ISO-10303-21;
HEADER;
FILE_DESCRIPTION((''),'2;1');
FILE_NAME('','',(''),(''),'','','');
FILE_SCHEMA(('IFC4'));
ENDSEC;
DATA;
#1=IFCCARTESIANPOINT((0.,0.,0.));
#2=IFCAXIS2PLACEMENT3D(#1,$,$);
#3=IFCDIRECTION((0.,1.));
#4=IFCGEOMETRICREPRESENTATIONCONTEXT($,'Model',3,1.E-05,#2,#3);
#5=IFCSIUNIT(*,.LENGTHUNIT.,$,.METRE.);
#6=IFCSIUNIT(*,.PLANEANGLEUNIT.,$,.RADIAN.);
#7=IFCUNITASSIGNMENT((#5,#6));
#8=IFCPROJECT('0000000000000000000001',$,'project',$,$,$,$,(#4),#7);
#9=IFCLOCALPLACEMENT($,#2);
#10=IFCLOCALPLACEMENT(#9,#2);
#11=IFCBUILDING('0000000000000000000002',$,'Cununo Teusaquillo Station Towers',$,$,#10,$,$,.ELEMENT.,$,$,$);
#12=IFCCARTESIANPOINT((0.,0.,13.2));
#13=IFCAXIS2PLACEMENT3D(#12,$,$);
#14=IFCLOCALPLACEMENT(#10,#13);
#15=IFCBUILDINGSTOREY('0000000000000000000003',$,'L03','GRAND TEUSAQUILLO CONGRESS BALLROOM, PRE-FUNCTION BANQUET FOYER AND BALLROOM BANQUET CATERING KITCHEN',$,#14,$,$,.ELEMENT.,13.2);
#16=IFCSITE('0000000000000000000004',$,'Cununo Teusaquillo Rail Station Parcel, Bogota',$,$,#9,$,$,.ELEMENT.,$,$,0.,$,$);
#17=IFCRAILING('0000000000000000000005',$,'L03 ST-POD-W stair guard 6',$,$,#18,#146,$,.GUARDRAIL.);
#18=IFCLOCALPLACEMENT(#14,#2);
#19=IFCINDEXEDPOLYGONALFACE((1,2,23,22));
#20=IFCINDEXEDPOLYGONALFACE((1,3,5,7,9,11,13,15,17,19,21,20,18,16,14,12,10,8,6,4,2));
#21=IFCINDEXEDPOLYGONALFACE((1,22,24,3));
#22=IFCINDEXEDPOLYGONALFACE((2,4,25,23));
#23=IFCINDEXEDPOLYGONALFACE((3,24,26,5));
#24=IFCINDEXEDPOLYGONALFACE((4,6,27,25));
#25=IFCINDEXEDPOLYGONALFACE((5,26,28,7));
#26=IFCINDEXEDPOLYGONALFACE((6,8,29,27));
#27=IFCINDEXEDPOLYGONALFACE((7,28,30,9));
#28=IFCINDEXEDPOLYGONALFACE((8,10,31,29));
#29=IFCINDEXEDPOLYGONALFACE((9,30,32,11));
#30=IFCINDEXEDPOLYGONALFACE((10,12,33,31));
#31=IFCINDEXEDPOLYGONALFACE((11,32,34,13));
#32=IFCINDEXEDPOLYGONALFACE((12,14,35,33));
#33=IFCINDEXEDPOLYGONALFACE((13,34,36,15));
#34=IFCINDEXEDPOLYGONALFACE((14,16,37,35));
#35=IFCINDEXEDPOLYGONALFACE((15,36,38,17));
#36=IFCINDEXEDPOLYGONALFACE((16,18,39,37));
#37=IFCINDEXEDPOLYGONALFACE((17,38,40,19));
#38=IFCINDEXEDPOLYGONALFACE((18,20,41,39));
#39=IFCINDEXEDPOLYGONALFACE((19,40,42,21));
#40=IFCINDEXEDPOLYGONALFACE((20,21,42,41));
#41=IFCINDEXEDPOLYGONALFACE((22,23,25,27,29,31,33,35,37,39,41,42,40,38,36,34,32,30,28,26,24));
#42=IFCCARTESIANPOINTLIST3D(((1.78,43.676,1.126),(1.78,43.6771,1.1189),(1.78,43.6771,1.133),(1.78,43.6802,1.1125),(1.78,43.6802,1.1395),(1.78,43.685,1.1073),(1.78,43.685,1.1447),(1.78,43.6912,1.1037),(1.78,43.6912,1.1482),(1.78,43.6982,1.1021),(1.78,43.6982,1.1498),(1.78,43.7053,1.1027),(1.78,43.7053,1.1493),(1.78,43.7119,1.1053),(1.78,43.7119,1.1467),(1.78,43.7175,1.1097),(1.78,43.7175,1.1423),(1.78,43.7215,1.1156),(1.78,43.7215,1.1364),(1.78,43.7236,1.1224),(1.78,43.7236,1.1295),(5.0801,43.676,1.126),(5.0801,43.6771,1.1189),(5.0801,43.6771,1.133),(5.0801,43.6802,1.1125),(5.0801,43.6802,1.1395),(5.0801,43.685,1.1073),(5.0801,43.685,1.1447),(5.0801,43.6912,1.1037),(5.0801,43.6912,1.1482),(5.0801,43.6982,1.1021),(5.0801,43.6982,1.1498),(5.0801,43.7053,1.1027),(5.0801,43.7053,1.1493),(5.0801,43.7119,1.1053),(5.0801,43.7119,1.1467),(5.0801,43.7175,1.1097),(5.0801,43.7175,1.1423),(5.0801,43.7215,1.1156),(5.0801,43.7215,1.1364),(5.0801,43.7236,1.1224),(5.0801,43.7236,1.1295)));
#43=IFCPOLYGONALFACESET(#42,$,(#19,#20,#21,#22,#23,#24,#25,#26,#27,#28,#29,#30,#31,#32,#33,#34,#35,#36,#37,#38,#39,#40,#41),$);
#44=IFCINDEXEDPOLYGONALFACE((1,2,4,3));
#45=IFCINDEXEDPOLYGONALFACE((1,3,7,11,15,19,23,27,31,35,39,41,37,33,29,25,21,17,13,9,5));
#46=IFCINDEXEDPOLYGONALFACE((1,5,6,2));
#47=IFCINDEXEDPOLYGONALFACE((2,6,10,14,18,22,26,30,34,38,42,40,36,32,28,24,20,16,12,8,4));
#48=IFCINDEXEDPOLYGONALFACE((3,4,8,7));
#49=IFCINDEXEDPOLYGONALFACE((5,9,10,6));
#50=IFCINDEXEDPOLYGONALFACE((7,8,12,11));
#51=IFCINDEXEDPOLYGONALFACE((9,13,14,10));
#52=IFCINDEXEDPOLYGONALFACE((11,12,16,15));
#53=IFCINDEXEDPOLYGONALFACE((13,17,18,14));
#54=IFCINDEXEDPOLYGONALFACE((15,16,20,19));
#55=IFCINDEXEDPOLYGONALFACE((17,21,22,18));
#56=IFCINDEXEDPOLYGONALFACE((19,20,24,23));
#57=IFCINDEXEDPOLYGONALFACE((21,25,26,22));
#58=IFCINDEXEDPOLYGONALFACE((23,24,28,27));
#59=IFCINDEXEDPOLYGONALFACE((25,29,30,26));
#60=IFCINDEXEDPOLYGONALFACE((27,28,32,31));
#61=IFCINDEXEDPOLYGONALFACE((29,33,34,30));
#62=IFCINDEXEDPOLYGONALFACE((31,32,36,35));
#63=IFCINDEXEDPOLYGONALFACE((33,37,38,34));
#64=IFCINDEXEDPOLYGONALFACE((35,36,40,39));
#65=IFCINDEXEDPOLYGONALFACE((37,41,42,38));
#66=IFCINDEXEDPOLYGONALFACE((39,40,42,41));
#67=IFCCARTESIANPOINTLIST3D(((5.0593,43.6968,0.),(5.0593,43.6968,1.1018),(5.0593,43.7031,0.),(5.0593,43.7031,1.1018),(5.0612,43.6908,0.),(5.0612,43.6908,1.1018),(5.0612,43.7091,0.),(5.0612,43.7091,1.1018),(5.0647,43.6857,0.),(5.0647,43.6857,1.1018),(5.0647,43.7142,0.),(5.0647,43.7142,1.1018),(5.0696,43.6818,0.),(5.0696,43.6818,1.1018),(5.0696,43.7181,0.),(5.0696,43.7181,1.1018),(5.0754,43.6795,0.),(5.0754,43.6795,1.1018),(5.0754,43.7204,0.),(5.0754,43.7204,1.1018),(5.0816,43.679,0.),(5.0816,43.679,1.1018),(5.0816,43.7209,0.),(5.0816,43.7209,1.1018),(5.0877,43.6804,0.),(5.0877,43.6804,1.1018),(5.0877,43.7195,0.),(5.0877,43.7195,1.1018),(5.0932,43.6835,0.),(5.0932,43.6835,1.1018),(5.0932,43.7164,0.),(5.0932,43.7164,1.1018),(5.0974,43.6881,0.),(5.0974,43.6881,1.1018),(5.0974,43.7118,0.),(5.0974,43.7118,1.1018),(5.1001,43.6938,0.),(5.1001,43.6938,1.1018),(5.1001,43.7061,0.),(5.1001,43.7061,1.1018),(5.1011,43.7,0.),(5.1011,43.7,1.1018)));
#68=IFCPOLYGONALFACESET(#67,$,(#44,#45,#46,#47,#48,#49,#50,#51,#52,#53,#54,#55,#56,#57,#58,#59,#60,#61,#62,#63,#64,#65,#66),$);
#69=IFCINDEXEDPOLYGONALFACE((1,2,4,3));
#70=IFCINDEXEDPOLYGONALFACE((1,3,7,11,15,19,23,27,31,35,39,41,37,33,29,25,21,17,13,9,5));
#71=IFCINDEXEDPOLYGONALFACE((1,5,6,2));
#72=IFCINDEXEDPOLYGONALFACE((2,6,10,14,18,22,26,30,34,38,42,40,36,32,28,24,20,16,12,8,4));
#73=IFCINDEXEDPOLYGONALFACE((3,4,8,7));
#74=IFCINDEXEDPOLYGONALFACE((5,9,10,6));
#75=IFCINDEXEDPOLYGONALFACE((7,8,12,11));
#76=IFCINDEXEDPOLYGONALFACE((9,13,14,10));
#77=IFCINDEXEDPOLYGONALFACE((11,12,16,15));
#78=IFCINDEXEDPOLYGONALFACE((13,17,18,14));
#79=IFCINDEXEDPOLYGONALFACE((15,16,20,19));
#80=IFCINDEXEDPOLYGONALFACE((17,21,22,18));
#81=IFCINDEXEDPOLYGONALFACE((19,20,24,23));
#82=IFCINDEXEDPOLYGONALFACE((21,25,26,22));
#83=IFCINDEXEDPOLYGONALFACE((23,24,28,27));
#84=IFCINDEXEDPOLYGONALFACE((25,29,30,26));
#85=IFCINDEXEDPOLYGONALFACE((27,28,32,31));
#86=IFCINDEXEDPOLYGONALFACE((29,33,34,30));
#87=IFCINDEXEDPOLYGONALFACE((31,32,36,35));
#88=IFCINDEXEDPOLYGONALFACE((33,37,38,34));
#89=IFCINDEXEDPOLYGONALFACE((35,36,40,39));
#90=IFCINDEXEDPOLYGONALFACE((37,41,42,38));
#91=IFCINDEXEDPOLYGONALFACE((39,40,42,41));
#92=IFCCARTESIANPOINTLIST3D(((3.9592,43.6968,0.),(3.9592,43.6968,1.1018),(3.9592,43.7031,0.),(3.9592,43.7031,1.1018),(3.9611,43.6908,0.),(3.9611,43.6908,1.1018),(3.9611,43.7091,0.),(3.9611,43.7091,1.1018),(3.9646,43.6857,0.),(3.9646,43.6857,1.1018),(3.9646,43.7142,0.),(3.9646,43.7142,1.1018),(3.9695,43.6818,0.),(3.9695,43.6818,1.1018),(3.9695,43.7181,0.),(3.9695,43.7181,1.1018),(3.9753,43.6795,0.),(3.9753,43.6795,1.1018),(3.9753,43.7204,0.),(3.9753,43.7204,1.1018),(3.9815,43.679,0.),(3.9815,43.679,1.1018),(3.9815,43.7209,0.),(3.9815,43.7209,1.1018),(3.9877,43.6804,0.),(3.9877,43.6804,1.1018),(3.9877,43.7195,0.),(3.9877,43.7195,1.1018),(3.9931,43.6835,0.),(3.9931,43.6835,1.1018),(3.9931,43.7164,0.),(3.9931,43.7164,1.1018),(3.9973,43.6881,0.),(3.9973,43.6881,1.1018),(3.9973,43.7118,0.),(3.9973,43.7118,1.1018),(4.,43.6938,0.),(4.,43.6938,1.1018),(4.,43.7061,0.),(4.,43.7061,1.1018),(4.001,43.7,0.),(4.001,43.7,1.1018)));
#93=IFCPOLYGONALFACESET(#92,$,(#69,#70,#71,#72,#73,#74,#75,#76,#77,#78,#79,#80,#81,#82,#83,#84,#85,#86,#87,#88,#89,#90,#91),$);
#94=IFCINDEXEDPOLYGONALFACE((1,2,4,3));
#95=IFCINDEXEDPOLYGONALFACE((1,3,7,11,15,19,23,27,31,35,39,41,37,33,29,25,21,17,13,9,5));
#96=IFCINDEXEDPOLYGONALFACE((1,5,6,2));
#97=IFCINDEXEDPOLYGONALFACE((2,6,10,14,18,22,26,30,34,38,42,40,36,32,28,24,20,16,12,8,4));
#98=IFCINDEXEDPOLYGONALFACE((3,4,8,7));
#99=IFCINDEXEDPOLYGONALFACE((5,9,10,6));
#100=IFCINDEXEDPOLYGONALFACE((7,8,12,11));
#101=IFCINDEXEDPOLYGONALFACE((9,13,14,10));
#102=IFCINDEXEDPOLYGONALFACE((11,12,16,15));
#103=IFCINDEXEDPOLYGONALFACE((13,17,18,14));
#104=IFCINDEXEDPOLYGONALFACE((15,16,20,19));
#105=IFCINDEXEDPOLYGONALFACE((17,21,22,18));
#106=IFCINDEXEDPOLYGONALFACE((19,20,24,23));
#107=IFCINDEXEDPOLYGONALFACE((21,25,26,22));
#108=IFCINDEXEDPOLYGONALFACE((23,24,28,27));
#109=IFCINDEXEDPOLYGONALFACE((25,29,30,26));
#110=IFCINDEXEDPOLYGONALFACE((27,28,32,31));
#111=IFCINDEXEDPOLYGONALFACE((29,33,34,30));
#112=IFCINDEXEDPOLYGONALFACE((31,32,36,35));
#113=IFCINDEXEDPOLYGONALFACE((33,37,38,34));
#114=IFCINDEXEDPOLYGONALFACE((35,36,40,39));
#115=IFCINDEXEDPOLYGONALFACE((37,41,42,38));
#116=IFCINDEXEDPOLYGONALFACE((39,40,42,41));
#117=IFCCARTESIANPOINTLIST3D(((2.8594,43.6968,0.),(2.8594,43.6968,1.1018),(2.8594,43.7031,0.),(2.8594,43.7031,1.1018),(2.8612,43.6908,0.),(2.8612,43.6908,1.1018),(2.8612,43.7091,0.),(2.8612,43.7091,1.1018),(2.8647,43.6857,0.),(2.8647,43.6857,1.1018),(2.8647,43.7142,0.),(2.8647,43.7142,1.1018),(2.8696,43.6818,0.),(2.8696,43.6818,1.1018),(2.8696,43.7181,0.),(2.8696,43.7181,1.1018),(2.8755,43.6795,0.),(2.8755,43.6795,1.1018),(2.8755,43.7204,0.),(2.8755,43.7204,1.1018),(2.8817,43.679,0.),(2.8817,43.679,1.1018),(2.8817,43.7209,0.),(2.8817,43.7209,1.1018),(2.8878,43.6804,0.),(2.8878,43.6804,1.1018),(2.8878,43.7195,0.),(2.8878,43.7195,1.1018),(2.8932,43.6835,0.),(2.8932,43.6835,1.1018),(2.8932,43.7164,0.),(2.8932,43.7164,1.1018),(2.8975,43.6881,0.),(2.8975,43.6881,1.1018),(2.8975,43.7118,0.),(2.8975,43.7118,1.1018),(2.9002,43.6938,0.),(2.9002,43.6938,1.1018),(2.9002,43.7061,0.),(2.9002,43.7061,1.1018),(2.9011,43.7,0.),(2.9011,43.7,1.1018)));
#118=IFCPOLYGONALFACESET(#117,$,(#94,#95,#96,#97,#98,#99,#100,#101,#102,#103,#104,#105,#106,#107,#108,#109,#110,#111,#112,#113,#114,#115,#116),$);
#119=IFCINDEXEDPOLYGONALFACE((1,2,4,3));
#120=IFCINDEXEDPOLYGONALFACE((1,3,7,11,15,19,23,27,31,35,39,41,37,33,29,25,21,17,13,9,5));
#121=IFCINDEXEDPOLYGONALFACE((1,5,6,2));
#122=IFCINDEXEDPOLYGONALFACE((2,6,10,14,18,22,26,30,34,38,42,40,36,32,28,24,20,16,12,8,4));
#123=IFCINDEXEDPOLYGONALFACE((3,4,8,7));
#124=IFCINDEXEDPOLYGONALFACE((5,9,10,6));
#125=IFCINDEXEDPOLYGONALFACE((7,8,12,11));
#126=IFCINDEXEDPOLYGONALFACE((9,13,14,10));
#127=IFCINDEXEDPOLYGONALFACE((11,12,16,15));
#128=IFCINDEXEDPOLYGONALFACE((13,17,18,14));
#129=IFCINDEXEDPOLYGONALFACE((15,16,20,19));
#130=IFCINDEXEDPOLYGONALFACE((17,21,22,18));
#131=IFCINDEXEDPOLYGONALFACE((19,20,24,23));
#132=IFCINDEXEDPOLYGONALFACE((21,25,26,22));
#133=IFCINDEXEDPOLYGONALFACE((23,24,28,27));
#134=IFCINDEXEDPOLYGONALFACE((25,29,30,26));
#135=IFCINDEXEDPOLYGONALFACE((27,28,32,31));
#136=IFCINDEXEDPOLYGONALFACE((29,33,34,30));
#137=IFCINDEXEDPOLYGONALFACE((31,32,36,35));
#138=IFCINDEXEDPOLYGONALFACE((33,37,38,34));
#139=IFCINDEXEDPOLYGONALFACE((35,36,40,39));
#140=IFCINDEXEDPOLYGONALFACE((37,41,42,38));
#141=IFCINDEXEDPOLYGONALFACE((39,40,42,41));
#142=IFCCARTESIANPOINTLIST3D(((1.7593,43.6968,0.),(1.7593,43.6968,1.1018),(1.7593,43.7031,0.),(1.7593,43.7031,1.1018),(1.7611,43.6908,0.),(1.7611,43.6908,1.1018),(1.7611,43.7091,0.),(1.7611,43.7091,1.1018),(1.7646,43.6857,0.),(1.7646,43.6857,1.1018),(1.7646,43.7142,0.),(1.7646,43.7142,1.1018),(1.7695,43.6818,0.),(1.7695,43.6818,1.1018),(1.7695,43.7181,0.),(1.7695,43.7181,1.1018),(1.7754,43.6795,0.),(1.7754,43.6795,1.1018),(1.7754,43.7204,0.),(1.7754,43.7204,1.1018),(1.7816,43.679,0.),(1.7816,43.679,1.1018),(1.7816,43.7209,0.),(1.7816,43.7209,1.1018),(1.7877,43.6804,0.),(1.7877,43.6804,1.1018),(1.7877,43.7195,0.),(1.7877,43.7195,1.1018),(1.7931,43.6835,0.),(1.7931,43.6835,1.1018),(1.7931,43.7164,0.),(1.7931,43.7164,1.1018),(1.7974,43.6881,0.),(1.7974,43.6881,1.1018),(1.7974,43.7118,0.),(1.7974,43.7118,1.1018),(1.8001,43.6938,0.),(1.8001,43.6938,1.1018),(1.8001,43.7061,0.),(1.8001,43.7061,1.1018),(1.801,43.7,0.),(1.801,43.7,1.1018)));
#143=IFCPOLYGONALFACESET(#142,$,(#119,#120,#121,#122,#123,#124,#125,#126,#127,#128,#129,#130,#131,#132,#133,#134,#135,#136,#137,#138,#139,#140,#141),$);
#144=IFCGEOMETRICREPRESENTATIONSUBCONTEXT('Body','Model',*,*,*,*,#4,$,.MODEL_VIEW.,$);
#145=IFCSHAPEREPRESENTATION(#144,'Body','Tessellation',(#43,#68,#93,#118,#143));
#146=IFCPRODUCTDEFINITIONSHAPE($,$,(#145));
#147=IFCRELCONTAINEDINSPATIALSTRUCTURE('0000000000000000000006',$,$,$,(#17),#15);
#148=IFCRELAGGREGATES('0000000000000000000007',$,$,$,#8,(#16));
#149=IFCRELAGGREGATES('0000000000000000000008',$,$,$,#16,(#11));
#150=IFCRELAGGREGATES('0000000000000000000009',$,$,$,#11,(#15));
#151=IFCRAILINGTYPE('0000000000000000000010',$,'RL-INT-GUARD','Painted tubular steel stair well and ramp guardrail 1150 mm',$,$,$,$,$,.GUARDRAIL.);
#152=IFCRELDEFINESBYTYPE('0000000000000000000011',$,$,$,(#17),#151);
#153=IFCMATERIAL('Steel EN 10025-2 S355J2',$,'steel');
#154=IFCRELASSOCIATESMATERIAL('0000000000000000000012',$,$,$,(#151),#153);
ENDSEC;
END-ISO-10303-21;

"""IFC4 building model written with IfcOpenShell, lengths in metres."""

from ifc_helpers import new_model, si_unit, direction, frame, origin, origin_2d, place, context, subcontext, project, spatial, circle, extrude, material, type_object, element, save


model = new_model("IFC4")

# Units and contexts
model_context = context("Model", 3, precision=1e-05, world=origin(), true_north=direction((0.0, 1.0)))
body_context = subcontext(model_context, "Body", "Model", "MODEL_VIEW")
ifc_project = project(units=[si_unit("LENGTHUNIT", "METRE"), si_unit("PLANEANGLEUNIT", "RADIAN")], contexts=[model_context])

# Site, building, storey
site_placement = place(None, origin())
site = spatial("IfcSite", under=ifc_project, at=site_placement, Name="Cununo Teusaquillo Rail Station Parcel, Bogota", CompositionType="ELEMENT", RefElevation=0.0)
building_placement = place(site_placement, origin())
building = spatial("IfcBuilding", under=site, at=building_placement, Name="Cununo Teusaquillo Station Towers", CompositionType="ELEMENT")
storey_placement = place(building_placement, frame((0.0, 0.0, 13.2)))
storey = spatial("IfcBuildingStorey", under=building, at=storey_placement, Name="L03", Description="GRAND TEUSAQUILLO CONGRESS BALLROOM, PRE-FUNCTION BANQUET FOYER AND BALLROOM BANQUET CATERING KITCHEN", CompositionType="ELEMENT", Elevation=13.2)

# Railing
ifc_material_1 = material(Name="Steel EN 10025-2 S355J2", Category="steel")
railing_type = type_object("IfcRailingType", Name="RL-INT-GUARD", Description="Painted tubular steel stair well and ramp guardrail 1150 mm", PredefinedType="GUARDRAIL", material=ifc_material_1)
railing_1_placement = place(storey_placement, frame((5.0801, 43.7, 0.0)))
element("IfcRailing", 1, at=railing_1_placement, inside=storey, type_object=railing_type, Name="L03 ST-POD-W stair guard 6", PredefinedType="GUARDRAIL", context=body_context, shape_type="SweptSolid", body=[
    extrude(circle(Radius=0.0239, at=origin_2d()), frame((0.0, 0.0, 1.126), z_axis=(-1.0, 0.0, 0.0), x_axis=(0.0, -1.0, 0.0)), (0.0, 0.0, 1.0), 3.3),
    extrude(circle(Radius=0.021, at=origin_2d()), origin(), (0.0, 0.0, 1.0), 1.1018),
    extrude(circle(Radius=0.021, at=origin_2d()), frame((-1.1001, 0.0, 0.0)), (0.0, 0.0, 1.0), 1.1018),
    extrude(circle(Radius=0.021, at=origin_2d()), frame((-2.2, 0.0, 0.0)), (0.0, 0.0, 1.0), 1.1018),
    extrude(circle(Radius=0.021, at=origin_2d()), frame((-3.3, 0.0, 0.0)), (0.0, 0.0, 1.0), 1.1018),
])

save(model, "model.ifc")
